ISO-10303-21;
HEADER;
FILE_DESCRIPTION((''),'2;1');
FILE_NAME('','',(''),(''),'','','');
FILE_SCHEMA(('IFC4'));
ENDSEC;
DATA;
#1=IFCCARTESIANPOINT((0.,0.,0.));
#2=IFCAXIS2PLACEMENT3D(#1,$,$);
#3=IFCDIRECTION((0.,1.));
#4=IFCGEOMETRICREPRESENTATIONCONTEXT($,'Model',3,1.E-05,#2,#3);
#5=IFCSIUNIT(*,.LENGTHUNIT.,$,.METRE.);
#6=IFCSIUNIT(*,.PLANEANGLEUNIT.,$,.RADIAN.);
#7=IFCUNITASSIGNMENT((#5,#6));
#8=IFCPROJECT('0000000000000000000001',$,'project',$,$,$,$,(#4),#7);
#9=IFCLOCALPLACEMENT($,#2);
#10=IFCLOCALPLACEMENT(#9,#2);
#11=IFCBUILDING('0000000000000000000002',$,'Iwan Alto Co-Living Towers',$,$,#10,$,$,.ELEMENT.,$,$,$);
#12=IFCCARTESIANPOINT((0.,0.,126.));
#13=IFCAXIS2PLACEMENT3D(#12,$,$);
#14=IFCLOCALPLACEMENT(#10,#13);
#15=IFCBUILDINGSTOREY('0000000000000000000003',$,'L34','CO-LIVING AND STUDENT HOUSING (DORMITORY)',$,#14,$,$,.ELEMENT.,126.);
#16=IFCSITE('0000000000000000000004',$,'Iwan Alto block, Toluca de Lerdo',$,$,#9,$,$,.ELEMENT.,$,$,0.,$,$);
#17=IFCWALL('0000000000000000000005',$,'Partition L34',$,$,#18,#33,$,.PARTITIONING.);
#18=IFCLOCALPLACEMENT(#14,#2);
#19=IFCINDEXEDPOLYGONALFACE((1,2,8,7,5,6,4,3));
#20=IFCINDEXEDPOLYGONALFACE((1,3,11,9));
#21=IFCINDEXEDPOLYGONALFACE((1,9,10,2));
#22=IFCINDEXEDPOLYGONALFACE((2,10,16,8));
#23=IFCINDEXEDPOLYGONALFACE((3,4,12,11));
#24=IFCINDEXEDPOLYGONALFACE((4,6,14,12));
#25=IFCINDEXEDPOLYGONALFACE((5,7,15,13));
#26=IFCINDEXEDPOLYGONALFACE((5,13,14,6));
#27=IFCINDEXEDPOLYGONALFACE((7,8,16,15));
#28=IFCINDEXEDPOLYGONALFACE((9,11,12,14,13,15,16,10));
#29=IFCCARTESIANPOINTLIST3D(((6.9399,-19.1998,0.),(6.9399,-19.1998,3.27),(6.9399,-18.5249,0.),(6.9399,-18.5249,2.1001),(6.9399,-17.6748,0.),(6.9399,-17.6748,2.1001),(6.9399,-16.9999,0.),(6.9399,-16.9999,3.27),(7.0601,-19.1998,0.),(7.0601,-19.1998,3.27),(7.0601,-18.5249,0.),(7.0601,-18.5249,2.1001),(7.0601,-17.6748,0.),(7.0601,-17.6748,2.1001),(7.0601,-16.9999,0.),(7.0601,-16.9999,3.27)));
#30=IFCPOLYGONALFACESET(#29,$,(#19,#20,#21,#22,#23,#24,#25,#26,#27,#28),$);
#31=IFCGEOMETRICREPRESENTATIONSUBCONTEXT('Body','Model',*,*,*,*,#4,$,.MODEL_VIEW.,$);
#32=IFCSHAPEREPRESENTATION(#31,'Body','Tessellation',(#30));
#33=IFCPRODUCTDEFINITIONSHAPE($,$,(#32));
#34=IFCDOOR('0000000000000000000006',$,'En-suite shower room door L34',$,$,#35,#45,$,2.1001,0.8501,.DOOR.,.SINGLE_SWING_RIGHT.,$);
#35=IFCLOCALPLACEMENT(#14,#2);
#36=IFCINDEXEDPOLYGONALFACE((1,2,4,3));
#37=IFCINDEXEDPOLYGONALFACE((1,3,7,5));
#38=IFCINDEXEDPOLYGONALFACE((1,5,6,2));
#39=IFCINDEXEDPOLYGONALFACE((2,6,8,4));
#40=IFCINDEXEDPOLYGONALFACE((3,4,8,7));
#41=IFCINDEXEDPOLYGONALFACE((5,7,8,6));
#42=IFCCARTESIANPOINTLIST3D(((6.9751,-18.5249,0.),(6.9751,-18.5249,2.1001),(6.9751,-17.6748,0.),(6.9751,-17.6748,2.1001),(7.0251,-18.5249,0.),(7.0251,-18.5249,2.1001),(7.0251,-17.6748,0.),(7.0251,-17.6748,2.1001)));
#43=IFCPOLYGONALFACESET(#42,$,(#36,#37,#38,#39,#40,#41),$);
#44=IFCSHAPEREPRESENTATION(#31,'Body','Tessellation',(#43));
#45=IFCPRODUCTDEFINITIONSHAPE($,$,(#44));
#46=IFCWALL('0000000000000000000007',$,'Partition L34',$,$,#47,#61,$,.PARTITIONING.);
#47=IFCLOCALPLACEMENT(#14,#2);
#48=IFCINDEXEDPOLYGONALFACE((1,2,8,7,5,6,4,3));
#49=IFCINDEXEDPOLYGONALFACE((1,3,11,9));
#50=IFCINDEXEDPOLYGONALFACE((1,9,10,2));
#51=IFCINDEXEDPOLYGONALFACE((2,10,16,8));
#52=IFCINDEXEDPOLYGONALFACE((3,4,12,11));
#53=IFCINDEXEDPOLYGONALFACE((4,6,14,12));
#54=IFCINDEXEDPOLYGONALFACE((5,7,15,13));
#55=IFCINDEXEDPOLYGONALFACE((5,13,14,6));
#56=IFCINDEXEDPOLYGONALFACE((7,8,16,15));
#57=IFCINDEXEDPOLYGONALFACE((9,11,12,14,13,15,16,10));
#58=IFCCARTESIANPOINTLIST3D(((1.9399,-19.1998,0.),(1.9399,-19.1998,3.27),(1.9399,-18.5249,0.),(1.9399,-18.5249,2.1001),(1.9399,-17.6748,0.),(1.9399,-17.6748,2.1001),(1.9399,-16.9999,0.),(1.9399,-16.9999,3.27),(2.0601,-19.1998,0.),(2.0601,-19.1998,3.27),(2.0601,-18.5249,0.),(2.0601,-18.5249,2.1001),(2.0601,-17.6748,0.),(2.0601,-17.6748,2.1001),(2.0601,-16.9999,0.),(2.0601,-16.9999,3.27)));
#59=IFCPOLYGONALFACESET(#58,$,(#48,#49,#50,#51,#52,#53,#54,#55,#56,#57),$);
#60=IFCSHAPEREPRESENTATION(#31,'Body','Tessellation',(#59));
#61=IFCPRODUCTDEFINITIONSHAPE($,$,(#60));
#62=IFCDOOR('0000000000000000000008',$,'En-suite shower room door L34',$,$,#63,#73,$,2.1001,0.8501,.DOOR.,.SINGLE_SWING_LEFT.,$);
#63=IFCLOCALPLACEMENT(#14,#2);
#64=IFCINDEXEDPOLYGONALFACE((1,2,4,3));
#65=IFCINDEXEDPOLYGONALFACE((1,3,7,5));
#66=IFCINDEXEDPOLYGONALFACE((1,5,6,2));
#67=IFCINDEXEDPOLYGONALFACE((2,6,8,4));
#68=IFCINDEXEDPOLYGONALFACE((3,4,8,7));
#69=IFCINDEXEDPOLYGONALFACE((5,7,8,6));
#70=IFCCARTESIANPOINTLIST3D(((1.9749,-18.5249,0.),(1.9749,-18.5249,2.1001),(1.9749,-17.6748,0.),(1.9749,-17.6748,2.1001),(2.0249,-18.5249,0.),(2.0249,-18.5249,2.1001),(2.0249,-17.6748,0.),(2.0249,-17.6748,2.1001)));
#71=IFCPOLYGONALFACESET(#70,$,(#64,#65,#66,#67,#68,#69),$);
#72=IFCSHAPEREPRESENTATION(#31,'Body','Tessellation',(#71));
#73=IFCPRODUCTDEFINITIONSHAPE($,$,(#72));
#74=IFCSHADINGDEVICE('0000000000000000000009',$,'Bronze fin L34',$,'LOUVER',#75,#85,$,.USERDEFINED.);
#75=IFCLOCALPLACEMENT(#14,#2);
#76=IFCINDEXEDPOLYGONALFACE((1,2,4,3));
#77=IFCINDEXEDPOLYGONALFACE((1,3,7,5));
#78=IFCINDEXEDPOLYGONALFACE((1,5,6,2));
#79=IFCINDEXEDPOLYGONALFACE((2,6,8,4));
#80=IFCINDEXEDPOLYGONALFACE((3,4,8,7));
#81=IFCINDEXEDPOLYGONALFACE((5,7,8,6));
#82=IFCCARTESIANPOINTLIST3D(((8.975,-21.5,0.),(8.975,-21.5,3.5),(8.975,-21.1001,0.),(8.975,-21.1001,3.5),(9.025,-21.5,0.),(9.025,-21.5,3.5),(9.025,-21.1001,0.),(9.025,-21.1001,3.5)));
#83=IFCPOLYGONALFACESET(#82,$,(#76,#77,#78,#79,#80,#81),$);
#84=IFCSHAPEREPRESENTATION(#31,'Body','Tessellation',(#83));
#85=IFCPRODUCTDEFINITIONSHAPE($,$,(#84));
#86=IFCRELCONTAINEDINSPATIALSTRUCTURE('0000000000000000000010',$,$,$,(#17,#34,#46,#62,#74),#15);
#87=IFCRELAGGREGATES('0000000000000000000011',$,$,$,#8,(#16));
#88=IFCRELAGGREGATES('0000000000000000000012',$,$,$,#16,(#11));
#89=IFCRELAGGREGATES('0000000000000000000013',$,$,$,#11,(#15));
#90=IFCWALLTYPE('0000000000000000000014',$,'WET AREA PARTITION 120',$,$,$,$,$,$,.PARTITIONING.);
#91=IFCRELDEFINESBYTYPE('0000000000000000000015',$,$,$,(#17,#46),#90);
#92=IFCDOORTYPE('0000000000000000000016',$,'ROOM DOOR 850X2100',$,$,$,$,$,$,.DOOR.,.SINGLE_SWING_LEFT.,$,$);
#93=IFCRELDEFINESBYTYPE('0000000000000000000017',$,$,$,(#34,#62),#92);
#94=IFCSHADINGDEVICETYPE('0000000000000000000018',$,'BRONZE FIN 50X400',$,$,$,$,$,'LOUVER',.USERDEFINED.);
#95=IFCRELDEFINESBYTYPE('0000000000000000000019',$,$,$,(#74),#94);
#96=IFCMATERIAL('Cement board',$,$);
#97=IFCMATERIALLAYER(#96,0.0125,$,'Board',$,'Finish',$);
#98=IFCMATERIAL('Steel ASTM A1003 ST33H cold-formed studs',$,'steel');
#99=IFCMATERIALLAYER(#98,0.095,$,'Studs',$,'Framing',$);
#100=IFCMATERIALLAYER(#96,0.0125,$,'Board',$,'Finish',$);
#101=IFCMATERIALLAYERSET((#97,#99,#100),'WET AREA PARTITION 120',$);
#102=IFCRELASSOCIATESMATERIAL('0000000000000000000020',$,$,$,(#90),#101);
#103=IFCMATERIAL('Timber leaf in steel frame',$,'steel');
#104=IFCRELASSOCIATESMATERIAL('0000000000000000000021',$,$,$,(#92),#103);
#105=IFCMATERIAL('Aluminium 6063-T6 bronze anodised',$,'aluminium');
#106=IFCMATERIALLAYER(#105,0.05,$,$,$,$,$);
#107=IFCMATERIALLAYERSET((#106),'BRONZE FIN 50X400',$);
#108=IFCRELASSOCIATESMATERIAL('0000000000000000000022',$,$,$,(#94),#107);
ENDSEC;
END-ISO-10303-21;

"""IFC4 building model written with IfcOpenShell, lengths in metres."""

from ifc_helpers import new_model, si_unit, direction, frame, frame_2d, origin, origin_2d, place, context, subcontext, project, spatial, rectangle, extrude, material, layer, layer_set, type_object, element, fill, save


model = new_model("IFC4")

# Units and contexts
model_context = context("Model", 3, precision=1e-05, world=origin(), true_north=direction((0.0, 1.0)))
body_context = subcontext(model_context, "Body", "Model", "MODEL_VIEW")
ifc_project = project(units=[si_unit("LENGTHUNIT", "METRE"), si_unit("PLANEANGLEUNIT", "RADIAN")], contexts=[model_context])

# Site, building, storey
site_placement = place(None, origin())
site = spatial("IfcSite", under=ifc_project, at=site_placement, Name="Iwan Alto block, Toluca de Lerdo", CompositionType="ELEMENT", RefElevation=0.0)
building_placement = place(site_placement, origin())
building = spatial("IfcBuilding", under=site, at=building_placement, Name="Iwan Alto Co-Living Towers", CompositionType="ELEMENT")
storey_placement = place(building_placement, frame((0.0, 0.0, 126.0)))
storey = spatial("IfcBuildingStorey", under=building, at=storey_placement, Name="L34", Description="CO-LIVING AND STUDENT HOUSING (DORMITORY)", CompositionType="ELEMENT", Elevation=126.0)

# Shared definitions
ifc_material_1 = material(Name="Steel ASTM A1003 ST33H cold-formed studs", Category="steel")

# Shared definitions
ifc_material_2 = material(Name="Cement board")
ifc_layer_1 = layer(ifc_material_2, 0.0125, Name="Board", Category="Finish")
ifc_layer_2 = layer(ifc_material_1, 0.095, Name="Studs", Category="Framing")
ifc_layer_3 = layer(ifc_material_2, 0.0125, Name="Board", Category="Finish")
ifc_layer_set_1 = layer_set([ifc_layer_1, ifc_layer_2, ifc_layer_3], Name="WET AREA PARTITION 120")
wall_type_1 = type_object("IfcWallType", Name="WET AREA PARTITION 120", PredefinedType="PARTITIONING", material=ifc_layer_set_1)

# Walls, openings, doors
wall_1_placement = place(storey_placement, frame((7.0, -19.2, 0.0), z_axis=(0.0, 0.0, 1.0), x_axis=(0.0, 1.0, 0.0)))
wall_1 = element("IfcWall", 1, at=wall_1_placement, inside=storey, type_object=wall_type_1, Name="Partition L34", PredefinedType="PARTITIONING", context=body_context, shape_type="SweptSolid", body=[
    extrude(rectangle(XDim=2.2, YDim=0.1201, at=frame_2d((1.1001, 0.0))), origin(), (0.0, 0.0, 1.0), 3.27),
])
opening_1_placement = place(wall_1_placement, frame((0.675, 0.0, 0.0)))
opening_1 = element("IfcOpeningElement", 2, at=opening_1_placement, cuts=wall_1, PredefinedType="OPENING", context=body_context, shape_type="SweptSolid", body=[
    extrude(rectangle(XDim=0.8501, YDim=2.1001, at=frame_2d((0.425, 1.05))), frame((0.0, 0.0701, 0.0), z_axis=(0.0, -1.0, 0.0), x_axis=(1.0, 0.0, 0.0)), (0.0, 0.0, 1.0), 0.1401),
])
ifc_material_3 = material(Name="Timber leaf in steel frame", Category="steel")
door_type_1 = type_object("IfcDoorType", Name="ROOM DOOR 850X2100", OperationType="SINGLE_SWING_LEFT", PredefinedType="DOOR", material=ifc_material_3)
door_1_placement = place(opening_1_placement, origin())
door_1 = element("IfcDoor", 3, at=door_1_placement, inside=storey, type_object=door_type_1, Name="En-suite shower room door L34", OperationType="SINGLE_SWING_RIGHT", OverallHeight=2.1001, OverallWidth=0.8501, PredefinedType="DOOR", context=body_context, shape_type="SweptSolid", body=[
    extrude(rectangle(XDim=0.8501, YDim=2.1001, at=frame_2d((0.425, 1.05))), frame((0.0, 0.0249, 0.0), z_axis=(0.0, -1.0, 0.0), x_axis=(1.0, 0.0, 0.0)), (0.0, 0.0, 1.0), 0.05),
])
fill(opening_1, door_1)
wall_2_placement = place(storey_placement, frame((2.0, -19.2, 0.0), z_axis=(0.0, 0.0, 1.0), x_axis=(0.0, 1.0, 0.0)))
wall_2 = element("IfcWall", 4, at=wall_2_placement, inside=storey, type_object=wall_type_1, Name="Partition L34", PredefinedType="PARTITIONING", context=body_context, shape_type="SweptSolid", body=[
    extrude(rectangle(XDim=2.2, YDim=0.1201, at=frame_2d((1.1001, 0.0))), origin(), (0.0, 0.0, 1.0), 3.27),
])
opening_2_placement = place(wall_2_placement, frame((0.675, 0.0, 0.0)))
opening_2 = element("IfcOpeningElement", 5, at=opening_2_placement, cuts=wall_2, PredefinedType="OPENING", context=body_context, shape_type="SweptSolid", body=[
    extrude(rectangle(XDim=0.8501, YDim=2.1001, at=frame_2d((0.425, 1.05))), frame((0.0, 0.0701, 0.0), z_axis=(0.0, -1.0, 0.0), x_axis=(1.0, 0.0, 0.0)), (0.0, 0.0, 1.0), 0.1401),
])
door_2_placement = place(opening_2_placement, frame((0.8501, 0.0, 0.0), z_axis=(0.0, 0.0, 1.0), x_axis=(-1.0, 0.0, 0.0)))
door_2 = element("IfcDoor", 6, at=door_2_placement, inside=storey, type_object=door_type_1, Name="En-suite shower room door L34", OperationType="SINGLE_SWING_LEFT", OverallHeight=2.1001, OverallWidth=0.8501, PredefinedType="DOOR", context=body_context, shape_type="SweptSolid", body=[
    extrude(rectangle(XDim=0.8501, YDim=2.1001, at=frame_2d((0.425, 1.05))), frame((0.0, 0.0249, 0.0), z_axis=(0.0, -1.0, 0.0), x_axis=(1.0, 0.0, 0.0)), (0.0, 0.0, 1.0), 0.05),
])
fill(opening_2, door_2)

# Shading device
ifc_material_4 = material(Name="Aluminium 6063-T6 bronze anodised", Category="aluminium")
ifc_layer_4 = layer(ifc_material_4, 0.05)
ifc_layer_set_2 = layer_set([ifc_layer_4], Name="BRONZE FIN 50X400")
shading_device_type = type_object("IfcShadingDeviceType", Name="BRONZE FIN 50X400", ElementType="LOUVER", PredefinedType="USERDEFINED", material=ifc_layer_set_2)
shading_device_placement = place(storey_placement, frame((9.0, -21.3, 0.0), z_axis=(0.0, 0.0, 1.0), x_axis=(1.0, 0.0, 0.0)))
element("IfcShadingDevice", 7, at=shading_device_placement, inside=storey, type_object=shading_device_type, Name="Bronze fin L34", ObjectType="LOUVER", PredefinedType="USERDEFINED", context=body_context, shape_type="SweptSolid", body=[
    extrude(rectangle(XDim=0.05, YDim=0.3999, at=origin_2d()), origin(), (0.0, 0.0, 1.0), 3.5),
])

save(model, "model.ifc")
